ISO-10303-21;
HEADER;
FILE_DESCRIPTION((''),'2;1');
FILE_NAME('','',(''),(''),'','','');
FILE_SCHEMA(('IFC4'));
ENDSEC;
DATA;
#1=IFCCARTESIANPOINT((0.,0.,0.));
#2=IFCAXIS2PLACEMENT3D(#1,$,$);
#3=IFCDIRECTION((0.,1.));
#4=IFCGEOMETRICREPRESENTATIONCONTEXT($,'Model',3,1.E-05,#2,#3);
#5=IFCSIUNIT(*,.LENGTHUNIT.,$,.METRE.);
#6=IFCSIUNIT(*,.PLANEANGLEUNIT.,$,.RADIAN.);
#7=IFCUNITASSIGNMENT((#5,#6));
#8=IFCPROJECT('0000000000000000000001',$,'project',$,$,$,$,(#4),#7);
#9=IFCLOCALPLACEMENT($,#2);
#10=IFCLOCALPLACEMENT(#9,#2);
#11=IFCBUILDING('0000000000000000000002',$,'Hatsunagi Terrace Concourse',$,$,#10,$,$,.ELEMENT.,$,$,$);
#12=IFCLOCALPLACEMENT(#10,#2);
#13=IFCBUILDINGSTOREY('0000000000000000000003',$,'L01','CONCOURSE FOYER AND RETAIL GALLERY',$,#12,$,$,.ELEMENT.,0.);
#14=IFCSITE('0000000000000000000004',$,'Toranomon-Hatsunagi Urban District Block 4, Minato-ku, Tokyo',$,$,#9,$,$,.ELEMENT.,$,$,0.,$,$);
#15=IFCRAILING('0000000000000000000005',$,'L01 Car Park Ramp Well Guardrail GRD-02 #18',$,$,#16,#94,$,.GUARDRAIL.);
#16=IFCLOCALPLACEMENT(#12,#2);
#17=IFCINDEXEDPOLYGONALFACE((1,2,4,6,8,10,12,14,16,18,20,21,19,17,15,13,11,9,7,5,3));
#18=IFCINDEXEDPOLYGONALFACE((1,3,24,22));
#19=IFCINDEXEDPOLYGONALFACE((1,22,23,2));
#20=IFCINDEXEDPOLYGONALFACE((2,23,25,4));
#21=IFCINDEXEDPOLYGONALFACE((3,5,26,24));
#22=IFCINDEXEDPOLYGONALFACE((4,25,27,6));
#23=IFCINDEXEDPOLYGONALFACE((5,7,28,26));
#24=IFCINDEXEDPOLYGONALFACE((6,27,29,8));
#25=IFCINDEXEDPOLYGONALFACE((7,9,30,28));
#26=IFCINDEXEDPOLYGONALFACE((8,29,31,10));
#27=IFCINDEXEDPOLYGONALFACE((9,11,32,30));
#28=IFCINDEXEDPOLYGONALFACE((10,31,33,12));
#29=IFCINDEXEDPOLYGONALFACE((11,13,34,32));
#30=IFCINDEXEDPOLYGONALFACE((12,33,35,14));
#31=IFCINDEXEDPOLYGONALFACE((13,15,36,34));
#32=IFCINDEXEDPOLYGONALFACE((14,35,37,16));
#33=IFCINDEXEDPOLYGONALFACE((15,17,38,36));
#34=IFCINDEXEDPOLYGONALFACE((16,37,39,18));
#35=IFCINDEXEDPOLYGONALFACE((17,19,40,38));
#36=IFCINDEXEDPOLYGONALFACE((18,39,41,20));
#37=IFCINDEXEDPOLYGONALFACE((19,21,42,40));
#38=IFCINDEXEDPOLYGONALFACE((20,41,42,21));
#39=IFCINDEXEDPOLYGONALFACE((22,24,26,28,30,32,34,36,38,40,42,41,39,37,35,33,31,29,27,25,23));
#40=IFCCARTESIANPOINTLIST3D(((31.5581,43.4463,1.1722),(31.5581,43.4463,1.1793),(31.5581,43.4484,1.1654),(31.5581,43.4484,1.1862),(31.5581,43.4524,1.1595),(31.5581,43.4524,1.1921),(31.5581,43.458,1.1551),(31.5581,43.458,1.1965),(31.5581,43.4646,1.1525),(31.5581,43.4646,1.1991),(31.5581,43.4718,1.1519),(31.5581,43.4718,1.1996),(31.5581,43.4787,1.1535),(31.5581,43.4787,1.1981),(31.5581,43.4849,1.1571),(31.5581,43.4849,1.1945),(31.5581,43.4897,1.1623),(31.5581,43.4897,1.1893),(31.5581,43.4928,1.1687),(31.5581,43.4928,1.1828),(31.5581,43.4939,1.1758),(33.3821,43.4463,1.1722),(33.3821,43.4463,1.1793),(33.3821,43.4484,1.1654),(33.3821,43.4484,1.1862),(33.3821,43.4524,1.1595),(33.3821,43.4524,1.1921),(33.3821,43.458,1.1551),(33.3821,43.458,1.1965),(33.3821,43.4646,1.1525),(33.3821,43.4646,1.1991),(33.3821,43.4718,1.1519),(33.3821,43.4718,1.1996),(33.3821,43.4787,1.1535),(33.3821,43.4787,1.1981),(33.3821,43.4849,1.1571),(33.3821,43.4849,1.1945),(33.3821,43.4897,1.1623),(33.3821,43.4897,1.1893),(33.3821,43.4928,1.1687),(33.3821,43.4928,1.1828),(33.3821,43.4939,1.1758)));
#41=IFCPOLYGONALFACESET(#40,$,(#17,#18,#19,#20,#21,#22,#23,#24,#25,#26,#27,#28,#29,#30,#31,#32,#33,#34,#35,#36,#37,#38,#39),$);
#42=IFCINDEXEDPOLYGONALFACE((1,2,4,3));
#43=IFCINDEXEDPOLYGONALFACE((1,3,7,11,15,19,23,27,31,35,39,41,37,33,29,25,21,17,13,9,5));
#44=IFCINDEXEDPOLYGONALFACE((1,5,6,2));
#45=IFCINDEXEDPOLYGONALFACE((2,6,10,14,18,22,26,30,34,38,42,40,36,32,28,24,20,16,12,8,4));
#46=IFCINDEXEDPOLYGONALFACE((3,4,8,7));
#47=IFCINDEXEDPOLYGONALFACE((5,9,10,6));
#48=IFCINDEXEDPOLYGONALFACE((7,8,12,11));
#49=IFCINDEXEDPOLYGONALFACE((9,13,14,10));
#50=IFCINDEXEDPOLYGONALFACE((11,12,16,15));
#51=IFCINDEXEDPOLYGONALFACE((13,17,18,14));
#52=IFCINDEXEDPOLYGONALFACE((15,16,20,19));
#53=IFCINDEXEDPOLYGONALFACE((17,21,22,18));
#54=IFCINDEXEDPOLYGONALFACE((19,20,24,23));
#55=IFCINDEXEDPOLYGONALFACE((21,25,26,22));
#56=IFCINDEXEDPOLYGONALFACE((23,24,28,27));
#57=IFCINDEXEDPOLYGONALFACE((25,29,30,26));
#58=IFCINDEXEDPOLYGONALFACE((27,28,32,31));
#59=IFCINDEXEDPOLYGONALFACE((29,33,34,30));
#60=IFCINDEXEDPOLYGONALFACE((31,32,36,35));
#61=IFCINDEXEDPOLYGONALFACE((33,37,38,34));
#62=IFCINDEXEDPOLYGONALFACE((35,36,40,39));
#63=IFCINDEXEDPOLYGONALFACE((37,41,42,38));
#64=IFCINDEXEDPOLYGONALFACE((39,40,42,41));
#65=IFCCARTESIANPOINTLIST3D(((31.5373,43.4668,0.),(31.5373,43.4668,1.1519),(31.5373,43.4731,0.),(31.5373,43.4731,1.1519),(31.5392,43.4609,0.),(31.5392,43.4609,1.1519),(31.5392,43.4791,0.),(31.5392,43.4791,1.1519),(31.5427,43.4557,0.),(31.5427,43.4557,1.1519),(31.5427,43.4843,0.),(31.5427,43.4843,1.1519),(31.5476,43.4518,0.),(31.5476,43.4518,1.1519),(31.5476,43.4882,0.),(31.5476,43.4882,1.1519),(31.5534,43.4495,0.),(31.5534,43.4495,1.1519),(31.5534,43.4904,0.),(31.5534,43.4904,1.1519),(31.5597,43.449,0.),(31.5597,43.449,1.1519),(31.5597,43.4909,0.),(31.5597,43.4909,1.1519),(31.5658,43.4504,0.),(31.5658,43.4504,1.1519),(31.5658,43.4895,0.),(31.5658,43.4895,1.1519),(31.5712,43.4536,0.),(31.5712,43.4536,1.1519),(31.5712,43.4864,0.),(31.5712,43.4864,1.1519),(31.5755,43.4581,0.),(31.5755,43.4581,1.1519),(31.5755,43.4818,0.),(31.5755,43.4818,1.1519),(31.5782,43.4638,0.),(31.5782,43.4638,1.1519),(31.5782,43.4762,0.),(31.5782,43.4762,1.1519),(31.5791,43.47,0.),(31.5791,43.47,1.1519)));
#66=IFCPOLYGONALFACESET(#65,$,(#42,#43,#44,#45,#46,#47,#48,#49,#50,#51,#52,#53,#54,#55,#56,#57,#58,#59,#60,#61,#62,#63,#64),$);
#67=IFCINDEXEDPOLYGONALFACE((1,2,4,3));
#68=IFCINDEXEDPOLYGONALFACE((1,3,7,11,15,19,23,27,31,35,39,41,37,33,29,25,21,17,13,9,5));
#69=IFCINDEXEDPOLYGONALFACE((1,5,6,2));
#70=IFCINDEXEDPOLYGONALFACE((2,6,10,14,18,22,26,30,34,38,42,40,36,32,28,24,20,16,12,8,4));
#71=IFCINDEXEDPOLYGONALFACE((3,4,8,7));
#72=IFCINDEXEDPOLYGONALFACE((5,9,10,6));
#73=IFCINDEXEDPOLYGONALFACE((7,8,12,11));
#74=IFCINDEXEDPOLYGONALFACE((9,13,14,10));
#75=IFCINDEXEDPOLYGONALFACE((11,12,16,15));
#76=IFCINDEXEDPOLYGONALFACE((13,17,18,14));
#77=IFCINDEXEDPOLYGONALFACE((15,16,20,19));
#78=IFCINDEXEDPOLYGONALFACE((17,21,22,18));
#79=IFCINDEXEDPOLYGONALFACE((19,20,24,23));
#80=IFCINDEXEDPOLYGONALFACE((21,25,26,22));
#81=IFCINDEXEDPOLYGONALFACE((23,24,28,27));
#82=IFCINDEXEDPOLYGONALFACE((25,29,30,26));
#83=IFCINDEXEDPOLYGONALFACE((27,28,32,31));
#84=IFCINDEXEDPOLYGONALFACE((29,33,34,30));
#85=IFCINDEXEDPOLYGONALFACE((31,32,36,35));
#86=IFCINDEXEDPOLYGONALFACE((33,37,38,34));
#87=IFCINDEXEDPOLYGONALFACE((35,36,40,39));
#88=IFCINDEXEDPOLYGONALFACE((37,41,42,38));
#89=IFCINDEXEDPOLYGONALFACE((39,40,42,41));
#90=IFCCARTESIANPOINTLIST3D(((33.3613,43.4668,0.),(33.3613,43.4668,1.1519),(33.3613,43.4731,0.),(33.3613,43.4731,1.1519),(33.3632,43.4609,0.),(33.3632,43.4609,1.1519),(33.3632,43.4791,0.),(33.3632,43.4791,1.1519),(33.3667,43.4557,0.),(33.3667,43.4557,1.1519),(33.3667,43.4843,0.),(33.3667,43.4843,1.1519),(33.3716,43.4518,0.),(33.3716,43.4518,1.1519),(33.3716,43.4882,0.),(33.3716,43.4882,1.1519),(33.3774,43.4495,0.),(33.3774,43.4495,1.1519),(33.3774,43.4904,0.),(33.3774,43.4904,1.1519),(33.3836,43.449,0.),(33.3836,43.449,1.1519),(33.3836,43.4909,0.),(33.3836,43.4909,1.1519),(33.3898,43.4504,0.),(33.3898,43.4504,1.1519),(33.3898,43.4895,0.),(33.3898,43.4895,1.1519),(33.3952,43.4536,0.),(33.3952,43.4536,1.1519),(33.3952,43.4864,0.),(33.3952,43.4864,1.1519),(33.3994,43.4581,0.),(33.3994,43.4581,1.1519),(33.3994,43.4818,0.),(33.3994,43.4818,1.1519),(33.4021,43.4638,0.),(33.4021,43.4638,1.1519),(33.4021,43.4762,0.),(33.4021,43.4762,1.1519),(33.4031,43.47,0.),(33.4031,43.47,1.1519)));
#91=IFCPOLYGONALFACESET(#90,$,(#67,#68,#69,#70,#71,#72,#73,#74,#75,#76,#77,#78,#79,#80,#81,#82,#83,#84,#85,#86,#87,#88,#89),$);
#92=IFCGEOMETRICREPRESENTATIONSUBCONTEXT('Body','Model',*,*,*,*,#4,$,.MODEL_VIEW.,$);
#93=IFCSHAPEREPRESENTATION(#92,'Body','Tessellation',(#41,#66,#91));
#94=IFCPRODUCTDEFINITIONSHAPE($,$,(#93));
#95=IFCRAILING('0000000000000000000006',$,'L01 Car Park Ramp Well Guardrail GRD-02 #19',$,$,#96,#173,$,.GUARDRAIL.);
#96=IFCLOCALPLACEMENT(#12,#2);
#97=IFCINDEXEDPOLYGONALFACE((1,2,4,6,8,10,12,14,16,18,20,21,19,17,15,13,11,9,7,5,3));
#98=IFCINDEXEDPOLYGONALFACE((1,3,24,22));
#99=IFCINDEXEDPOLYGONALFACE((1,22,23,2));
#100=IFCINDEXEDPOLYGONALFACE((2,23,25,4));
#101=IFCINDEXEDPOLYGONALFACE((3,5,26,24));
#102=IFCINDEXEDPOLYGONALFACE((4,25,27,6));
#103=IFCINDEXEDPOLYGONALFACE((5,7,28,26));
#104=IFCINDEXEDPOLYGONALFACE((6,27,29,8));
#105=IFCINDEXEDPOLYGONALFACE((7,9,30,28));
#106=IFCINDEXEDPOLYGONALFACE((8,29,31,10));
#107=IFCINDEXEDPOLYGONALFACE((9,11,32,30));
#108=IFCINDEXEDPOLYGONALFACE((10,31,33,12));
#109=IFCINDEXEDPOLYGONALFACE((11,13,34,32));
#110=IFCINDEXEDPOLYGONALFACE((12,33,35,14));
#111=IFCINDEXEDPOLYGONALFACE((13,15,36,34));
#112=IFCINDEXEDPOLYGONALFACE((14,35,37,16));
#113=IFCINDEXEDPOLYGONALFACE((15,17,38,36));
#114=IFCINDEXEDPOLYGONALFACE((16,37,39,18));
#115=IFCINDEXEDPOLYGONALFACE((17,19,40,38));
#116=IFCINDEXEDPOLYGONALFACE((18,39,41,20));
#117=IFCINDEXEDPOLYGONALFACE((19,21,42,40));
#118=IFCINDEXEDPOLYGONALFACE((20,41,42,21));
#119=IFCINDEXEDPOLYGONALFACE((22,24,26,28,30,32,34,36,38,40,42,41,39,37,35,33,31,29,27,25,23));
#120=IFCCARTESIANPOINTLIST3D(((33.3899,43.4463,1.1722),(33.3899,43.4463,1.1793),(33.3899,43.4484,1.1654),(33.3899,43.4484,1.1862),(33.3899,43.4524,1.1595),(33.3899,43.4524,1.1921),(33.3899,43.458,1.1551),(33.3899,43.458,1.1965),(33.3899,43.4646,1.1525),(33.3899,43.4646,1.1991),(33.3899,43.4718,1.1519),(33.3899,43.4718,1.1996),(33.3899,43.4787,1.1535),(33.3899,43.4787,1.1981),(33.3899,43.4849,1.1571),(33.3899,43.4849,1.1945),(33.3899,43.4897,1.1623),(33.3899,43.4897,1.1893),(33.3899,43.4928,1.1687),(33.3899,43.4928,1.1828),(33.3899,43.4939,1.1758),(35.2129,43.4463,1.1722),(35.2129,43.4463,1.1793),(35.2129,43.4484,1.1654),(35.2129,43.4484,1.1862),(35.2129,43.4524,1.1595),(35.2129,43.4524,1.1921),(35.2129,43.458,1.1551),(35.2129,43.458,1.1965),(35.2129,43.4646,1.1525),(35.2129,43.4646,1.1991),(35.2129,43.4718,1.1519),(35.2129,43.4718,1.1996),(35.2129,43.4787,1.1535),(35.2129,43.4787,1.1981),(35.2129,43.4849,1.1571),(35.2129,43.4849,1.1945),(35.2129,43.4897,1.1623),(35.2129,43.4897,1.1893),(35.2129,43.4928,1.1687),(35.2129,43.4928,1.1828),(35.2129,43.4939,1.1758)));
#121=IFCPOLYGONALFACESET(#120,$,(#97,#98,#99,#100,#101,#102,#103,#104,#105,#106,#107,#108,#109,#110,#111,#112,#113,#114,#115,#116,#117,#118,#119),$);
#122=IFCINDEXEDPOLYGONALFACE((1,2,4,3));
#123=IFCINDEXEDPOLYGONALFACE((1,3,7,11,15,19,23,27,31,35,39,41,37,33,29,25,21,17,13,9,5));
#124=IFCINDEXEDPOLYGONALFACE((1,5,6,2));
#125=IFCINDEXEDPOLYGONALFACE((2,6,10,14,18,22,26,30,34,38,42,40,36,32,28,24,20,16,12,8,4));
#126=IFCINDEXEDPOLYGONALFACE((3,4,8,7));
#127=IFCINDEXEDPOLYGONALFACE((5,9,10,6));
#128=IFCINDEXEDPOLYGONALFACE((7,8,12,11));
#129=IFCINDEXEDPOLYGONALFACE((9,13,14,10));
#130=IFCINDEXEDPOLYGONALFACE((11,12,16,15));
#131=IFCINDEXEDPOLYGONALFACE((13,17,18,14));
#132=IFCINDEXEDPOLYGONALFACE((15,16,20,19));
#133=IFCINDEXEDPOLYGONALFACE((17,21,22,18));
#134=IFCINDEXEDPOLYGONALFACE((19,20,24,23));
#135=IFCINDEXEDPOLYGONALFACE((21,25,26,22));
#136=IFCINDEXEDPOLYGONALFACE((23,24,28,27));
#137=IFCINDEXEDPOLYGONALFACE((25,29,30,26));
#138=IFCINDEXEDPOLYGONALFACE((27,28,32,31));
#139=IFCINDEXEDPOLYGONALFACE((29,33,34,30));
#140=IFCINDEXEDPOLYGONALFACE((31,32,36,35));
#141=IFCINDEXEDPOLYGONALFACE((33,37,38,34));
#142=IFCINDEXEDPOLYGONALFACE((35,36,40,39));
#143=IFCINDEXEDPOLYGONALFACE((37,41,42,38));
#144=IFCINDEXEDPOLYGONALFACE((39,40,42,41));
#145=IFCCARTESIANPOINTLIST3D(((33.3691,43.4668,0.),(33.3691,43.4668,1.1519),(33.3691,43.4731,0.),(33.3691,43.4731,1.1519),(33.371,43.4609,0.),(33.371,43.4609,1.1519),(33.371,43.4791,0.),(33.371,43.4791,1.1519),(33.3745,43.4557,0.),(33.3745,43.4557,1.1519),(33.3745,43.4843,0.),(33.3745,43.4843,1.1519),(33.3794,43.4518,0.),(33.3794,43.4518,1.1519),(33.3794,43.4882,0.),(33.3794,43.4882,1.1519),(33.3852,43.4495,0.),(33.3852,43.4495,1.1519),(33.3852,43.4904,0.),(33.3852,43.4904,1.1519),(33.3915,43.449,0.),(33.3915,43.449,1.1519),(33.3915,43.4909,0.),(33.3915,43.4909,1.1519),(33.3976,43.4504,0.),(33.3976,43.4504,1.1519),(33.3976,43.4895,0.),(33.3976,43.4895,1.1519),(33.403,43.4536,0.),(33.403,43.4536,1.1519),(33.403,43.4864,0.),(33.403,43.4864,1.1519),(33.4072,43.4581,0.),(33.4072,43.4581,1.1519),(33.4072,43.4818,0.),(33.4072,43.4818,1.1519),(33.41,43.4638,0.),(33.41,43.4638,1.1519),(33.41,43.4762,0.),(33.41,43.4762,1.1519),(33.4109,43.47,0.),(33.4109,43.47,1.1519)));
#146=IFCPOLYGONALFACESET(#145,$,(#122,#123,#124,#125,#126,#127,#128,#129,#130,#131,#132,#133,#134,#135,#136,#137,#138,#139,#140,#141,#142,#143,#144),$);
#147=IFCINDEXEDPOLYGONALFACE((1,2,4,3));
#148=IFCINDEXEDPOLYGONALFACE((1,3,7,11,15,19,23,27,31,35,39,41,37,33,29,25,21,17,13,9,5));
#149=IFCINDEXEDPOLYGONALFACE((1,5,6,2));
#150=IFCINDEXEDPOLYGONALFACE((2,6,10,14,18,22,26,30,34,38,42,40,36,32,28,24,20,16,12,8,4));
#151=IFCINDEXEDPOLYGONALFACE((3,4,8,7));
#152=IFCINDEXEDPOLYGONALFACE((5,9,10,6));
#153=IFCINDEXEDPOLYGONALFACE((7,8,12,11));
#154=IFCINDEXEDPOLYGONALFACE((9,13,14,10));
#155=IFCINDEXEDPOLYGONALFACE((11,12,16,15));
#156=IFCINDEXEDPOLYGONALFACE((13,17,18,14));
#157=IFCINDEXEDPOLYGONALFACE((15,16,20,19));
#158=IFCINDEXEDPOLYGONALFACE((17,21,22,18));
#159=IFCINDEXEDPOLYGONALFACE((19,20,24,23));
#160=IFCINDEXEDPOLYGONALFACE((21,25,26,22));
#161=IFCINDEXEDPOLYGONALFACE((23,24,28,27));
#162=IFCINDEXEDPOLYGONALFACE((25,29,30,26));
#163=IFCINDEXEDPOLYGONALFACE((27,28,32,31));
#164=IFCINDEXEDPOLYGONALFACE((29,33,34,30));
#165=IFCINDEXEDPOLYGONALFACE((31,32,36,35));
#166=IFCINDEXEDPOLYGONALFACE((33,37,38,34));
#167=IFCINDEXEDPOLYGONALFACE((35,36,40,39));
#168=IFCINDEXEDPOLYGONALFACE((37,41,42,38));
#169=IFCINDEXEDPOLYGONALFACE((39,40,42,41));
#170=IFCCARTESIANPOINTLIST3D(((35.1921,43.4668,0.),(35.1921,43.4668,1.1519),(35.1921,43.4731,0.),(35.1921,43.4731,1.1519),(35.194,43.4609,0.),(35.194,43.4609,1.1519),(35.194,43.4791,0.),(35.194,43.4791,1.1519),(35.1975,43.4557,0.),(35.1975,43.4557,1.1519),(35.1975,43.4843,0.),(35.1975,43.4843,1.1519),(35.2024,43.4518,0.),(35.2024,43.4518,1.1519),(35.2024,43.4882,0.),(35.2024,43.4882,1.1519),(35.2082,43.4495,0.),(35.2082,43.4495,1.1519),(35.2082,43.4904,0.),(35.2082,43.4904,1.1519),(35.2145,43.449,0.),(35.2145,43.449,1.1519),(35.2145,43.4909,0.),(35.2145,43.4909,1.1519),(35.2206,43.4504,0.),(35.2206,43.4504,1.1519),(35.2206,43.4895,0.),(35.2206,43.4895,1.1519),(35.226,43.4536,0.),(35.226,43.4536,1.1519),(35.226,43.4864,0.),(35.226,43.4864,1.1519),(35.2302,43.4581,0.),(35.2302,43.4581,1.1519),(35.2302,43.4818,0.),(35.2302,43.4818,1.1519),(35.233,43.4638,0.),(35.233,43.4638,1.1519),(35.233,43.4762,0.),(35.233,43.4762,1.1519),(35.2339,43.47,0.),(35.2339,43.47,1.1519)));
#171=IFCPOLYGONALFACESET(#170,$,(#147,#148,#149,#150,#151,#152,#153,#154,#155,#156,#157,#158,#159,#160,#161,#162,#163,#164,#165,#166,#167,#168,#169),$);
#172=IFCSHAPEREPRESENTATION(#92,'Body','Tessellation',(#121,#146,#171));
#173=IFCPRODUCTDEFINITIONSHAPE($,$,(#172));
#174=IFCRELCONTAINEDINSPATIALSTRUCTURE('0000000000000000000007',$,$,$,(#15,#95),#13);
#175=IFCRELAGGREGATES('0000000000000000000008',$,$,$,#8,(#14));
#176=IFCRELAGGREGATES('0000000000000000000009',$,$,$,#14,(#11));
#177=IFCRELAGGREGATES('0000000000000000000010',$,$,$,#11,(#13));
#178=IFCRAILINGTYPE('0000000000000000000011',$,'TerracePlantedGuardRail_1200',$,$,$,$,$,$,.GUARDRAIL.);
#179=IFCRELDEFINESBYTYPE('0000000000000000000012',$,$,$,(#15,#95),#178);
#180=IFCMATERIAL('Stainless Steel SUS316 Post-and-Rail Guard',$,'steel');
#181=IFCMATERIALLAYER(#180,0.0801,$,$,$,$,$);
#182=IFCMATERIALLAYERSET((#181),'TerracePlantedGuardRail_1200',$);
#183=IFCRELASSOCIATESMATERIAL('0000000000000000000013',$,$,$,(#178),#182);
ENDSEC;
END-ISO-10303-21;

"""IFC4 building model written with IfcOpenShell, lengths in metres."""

from ifc_helpers import new_model, si_unit, direction, frame, origin, origin_2d, place, context, subcontext, project, spatial, circle, extrude, material, layer, layer_set, type_object, element, save


model = new_model("IFC4")

# Units and contexts
model_context = context("Model", 3, precision=1e-05, world=origin(), true_north=direction((0.0, 1.0)))
body_context = subcontext(model_context, "Body", "Model", "MODEL_VIEW")
ifc_project = project(units=[si_unit("LENGTHUNIT", "METRE"), si_unit("PLANEANGLEUNIT", "RADIAN")], contexts=[model_context])

# Site, building, storey
site_placement = place(None, origin())
site = spatial("IfcSite", under=ifc_project, at=site_placement, Name="Toranomon-Hatsunagi Urban District Block 4, Minato-ku, Tokyo", CompositionType="ELEMENT", RefElevation=0.0)
building_placement = place(site_placement, origin())
building = spatial("IfcBuilding", under=site, at=building_placement, Name="Hatsunagi Terrace Concourse", CompositionType="ELEMENT")
storey_placement = place(building_placement, origin())
storey = spatial("IfcBuildingStorey", under=building, at=storey_placement, Name="L01", Description="CONCOURSE FOYER AND RETAIL GALLERY", CompositionType="ELEMENT", Elevation=0.0)

# Railings
ifc_material_1 = material(Name="Stainless Steel SUS316 Post-and-Rail Guard", Category="steel")
ifc_layer_1 = layer(ifc_material_1, 0.0801)
ifc_layer_set_1 = layer_set([ifc_layer_1], Name="TerracePlantedGuardRail_1200")
railing_type = type_object("IfcRailingType", Name="TerracePlantedGuardRail_1200", PredefinedType="GUARDRAIL", material=ifc_layer_set_1)
railing_1_placement = place(storey_placement, frame((31.5581, 43.47, 0.0)))
element("IfcRailing", 1, at=railing_1_placement, inside=storey, type_object=railing_type, Name="L01 Car Park Ramp Well Guardrail GRD-02 #18", PredefinedType="GUARDRAIL", context=body_context, shape_type="SweptSolid", body=[
    extrude(circle(Radius=0.0239, at=origin_2d()), frame((0.0, 0.0, 1.1758), z_axis=(1.0, 0.0, 0.0), x_axis=(0.0, 1.0, 0.0)), (0.0, 0.0, 1.0), 1.824),
    extrude(circle(Radius=0.021, at=origin_2d()), origin(), (0.0, 0.0, 1.0), 1.1519),
    extrude(circle(Radius=0.021, at=origin_2d()), frame((1.824, 0.0, 0.0)), (0.0, 0.0, 1.0), 1.1519),
])
railing_2_placement = place(storey_placement, frame((33.3899, 43.47, 0.0)))
element("IfcRailing", 2, at=railing_2_placement, inside=storey, type_object=railing_type, Name="L01 Car Park Ramp Well Guardrail GRD-02 #19", PredefinedType="GUARDRAIL", context=body_context, shape_type="SweptSolid", body=[
    extrude(circle(Radius=0.0239, at=origin_2d()), frame((0.0, 0.0, 1.1758), z_axis=(1.0, 0.0, 0.0), x_axis=(0.0, 1.0, 0.0)), (0.0, 0.0, 1.0), 1.823),
    extrude(circle(Radius=0.021, at=origin_2d()), origin(), (0.0, 0.0, 1.0), 1.1519),
    extrude(circle(Radius=0.021, at=origin_2d()), frame((1.823, 0.0, 0.0)), (0.0, 0.0, 1.0), 1.1519),
])

save(model, "model.ifc")
